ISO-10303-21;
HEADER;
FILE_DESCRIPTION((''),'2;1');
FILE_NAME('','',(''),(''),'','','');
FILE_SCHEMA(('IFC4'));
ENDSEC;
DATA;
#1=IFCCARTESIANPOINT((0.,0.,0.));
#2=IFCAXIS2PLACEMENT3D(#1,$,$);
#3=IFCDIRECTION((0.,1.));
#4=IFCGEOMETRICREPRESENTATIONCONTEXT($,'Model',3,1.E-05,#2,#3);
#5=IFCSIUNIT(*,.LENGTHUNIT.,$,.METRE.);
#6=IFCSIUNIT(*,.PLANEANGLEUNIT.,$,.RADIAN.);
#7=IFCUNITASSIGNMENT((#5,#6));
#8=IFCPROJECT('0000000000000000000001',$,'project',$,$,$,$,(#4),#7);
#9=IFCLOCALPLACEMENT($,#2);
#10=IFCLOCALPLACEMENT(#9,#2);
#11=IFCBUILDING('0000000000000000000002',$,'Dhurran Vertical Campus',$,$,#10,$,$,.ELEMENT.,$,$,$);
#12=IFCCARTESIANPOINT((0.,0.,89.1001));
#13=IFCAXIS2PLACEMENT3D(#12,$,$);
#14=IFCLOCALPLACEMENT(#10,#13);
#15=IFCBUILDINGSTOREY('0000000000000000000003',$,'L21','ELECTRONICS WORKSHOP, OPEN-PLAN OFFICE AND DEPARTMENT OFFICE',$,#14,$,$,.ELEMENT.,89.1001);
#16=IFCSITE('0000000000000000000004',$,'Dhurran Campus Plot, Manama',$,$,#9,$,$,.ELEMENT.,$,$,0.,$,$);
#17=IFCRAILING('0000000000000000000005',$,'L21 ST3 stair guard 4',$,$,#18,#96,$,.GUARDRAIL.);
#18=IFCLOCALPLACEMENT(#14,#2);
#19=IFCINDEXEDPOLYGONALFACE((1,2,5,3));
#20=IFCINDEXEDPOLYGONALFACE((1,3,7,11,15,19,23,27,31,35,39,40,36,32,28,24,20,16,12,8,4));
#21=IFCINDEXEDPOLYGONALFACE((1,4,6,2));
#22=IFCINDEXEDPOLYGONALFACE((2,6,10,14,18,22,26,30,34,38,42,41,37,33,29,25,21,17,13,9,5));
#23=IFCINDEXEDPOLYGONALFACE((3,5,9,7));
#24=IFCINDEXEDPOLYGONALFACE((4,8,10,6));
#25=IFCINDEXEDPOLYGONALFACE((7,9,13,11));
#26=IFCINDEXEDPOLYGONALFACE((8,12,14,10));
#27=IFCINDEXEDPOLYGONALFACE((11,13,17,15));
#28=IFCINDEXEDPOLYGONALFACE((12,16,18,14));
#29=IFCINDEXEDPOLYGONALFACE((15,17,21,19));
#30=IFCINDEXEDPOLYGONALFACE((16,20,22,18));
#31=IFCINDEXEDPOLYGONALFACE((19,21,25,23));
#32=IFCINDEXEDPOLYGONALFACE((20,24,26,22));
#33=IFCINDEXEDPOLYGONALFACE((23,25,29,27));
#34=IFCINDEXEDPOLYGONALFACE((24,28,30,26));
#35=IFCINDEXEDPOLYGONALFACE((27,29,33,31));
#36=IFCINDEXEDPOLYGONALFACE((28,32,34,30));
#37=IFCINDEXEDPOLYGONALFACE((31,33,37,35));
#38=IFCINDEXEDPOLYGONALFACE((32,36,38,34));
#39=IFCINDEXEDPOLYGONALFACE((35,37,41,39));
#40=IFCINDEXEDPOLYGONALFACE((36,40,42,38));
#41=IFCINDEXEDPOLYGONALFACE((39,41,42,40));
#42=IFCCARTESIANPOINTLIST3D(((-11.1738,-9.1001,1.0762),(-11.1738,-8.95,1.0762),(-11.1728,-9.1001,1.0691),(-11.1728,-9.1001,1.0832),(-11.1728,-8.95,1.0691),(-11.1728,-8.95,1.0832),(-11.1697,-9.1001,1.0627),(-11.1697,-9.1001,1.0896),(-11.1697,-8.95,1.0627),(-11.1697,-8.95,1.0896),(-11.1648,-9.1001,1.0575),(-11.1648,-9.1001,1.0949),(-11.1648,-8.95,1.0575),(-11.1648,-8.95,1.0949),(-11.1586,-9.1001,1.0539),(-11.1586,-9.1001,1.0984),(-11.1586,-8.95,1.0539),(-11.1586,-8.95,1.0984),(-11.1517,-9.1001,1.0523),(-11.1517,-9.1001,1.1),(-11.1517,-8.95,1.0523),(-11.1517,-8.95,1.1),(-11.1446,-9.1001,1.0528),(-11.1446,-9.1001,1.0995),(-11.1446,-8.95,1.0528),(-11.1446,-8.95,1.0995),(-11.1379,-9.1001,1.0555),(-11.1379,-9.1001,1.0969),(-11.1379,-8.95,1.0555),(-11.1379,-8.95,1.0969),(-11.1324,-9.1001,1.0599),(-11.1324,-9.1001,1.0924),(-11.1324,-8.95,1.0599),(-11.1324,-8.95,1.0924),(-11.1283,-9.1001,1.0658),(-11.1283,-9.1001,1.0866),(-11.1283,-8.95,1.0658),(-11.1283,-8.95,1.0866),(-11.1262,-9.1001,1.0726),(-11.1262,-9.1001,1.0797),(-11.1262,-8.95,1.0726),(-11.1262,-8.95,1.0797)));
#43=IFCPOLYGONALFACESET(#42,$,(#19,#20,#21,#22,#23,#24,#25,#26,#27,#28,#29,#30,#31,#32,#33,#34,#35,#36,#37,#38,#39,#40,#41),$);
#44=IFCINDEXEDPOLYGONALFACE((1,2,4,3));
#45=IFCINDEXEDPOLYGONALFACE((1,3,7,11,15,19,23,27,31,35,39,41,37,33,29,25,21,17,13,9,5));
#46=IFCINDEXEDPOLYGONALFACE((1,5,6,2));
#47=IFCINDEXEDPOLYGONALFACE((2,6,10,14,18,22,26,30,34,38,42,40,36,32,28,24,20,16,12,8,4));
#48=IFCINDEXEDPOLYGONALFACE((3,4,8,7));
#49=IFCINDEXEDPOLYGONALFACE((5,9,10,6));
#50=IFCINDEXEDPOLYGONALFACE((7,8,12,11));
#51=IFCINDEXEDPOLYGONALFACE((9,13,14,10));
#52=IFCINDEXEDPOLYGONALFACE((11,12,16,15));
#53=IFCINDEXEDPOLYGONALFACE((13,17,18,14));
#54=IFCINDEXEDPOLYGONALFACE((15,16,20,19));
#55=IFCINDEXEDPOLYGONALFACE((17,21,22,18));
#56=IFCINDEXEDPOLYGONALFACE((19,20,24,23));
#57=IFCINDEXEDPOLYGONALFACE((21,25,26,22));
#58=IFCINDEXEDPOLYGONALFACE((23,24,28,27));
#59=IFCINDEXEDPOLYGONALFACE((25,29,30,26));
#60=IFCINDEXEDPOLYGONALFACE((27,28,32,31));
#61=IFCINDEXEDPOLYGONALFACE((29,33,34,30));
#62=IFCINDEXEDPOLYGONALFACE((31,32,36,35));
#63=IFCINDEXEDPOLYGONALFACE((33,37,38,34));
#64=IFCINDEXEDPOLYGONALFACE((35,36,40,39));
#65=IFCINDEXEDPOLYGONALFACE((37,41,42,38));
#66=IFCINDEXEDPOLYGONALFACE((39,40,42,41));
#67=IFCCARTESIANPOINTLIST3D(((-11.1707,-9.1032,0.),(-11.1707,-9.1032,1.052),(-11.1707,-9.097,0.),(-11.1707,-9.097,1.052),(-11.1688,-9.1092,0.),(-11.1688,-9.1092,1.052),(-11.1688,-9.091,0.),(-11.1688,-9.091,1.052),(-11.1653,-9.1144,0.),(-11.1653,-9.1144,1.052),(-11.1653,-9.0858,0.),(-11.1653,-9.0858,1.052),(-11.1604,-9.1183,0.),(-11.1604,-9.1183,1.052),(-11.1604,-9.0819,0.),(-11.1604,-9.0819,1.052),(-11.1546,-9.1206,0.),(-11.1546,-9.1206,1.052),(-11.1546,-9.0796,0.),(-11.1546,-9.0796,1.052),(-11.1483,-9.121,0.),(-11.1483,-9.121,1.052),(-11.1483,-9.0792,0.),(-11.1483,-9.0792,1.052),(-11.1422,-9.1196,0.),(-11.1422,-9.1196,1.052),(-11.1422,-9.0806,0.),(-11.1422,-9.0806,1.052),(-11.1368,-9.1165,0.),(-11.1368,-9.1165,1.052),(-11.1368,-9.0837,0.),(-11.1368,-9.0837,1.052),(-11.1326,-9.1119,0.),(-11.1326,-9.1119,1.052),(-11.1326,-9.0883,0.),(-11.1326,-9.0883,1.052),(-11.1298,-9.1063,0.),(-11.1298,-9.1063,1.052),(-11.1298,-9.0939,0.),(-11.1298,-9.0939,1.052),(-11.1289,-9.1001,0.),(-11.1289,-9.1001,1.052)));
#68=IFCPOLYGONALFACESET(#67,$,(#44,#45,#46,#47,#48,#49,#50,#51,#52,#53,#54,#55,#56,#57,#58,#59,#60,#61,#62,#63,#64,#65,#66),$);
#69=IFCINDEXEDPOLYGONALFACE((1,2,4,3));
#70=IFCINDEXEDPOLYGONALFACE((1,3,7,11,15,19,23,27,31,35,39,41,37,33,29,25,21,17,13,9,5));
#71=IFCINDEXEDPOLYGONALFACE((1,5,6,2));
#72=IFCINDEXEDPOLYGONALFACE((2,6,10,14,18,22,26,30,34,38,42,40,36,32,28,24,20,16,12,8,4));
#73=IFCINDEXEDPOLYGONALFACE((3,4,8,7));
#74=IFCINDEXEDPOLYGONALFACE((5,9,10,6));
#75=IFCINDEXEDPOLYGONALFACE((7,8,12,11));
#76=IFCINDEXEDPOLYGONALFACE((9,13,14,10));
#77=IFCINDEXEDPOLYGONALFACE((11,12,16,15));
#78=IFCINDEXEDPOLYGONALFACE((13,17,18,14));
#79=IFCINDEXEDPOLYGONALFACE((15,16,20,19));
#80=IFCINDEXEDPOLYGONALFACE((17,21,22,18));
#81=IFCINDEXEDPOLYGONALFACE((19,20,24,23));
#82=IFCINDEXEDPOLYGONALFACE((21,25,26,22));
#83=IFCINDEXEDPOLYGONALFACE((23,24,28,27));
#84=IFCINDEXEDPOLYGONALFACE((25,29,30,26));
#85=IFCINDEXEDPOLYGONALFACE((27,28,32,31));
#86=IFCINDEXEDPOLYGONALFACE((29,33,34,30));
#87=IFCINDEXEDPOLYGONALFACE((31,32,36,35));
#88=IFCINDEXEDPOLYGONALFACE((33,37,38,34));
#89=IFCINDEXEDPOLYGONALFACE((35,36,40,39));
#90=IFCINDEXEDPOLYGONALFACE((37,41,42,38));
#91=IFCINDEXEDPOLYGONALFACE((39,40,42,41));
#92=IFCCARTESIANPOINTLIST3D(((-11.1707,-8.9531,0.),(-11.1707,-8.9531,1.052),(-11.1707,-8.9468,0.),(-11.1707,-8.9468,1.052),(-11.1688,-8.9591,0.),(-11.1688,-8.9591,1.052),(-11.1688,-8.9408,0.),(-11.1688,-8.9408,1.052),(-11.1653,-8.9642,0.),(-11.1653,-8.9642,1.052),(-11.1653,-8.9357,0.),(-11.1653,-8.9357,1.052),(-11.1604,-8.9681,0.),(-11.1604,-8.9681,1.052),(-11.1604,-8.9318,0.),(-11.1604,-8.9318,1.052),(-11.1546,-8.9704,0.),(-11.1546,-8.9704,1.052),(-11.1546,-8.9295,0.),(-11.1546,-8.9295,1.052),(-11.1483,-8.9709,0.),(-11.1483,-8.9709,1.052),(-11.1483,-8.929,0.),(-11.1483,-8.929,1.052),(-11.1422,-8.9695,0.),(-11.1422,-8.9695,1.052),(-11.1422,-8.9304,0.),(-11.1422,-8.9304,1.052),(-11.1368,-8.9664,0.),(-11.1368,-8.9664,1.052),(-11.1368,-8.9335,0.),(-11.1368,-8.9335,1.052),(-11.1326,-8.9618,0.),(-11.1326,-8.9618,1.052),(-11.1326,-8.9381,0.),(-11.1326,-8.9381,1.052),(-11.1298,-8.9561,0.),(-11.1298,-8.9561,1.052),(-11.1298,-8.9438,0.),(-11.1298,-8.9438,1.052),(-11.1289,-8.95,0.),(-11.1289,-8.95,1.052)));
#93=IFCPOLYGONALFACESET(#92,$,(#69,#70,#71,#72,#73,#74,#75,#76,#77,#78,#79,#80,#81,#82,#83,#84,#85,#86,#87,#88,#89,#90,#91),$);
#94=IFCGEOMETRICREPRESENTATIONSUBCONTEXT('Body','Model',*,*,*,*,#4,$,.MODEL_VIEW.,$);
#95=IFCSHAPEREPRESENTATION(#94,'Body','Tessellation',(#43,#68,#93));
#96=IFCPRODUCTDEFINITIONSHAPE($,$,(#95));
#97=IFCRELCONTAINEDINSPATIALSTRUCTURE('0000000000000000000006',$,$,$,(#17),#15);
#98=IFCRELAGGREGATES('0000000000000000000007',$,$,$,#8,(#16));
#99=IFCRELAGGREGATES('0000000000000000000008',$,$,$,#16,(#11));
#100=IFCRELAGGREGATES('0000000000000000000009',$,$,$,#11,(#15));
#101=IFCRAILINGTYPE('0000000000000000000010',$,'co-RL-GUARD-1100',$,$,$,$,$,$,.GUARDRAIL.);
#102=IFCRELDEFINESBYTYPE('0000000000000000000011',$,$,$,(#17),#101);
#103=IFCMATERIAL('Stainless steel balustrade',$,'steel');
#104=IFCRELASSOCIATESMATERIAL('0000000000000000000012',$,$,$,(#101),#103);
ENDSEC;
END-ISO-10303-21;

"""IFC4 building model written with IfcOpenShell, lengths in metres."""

from ifc_helpers import new_model, si_unit, direction, frame, origin, origin_2d, place, context, subcontext, project, spatial, circle, extrude, material, type_object, element, save


model = new_model("IFC4")

# Units and contexts
model_context = context("Model", 3, precision=1e-05, world=origin(), true_north=direction((0.0, 1.0)))
body_context = subcontext(model_context, "Body", "Model", "MODEL_VIEW")
ifc_project = project(units=[si_unit("LENGTHUNIT", "METRE"), si_unit("PLANEANGLEUNIT", "RADIAN")], contexts=[model_context])

# Site, building, storey
site_placement = place(None, origin())
site = spatial("IfcSite", under=ifc_project, at=site_placement, Name="Dhurran Campus Plot, Manama", CompositionType="ELEMENT", RefElevation=0.0)
building_placement = place(site_placement, origin())
building = spatial("IfcBuilding", under=site, at=building_placement, Name="Dhurran Vertical Campus", CompositionType="ELEMENT")
storey_placement = place(building_placement, frame((0.0, 0.0, 89.1001)))
storey = spatial("IfcBuildingStorey", under=building, at=storey_placement, Name="L21", Description="ELECTRONICS WORKSHOP, OPEN-PLAN OFFICE AND DEPARTMENT OFFICE", CompositionType="ELEMENT", Elevation=89.1001)

# Railing
ifc_material_1 = material(Name="Stainless steel balustrade", Category="steel")
railing_type_1 = type_object("IfcRailingType", Name="co-RL-GUARD-1100", PredefinedType="GUARDRAIL", material=ifc_material_1)
railing_1_placement = place(storey_placement, frame((-11.1499, -9.1001, 0.0)))
element("IfcRailing", 1, at=railing_1_placement, inside=storey, type_object=railing_type_1, Name="L21 ST3 stair guard 4", PredefinedType="GUARDRAIL", context=body_context, shape_type="SweptSolid", body=[
    extrude(circle(Radius=0.0239, at=origin_2d()), frame((0.0, 0.0, 1.0762), z_axis=(0.0, 1.0, 0.0), x_axis=(-1.0, 0.0, 0.0)), (0.0, 0.0, 1.0), 0.1501),
    extrude(circle(Radius=0.021, at=origin_2d()), origin(), (0.0, 0.0, 1.0), 1.052),
    extrude(circle(Radius=0.021, at=origin_2d()), frame((0.0, 0.1501, 0.0)), (0.0, 0.0, 1.0), 1.052),
])

save(model, "model.ifc")
